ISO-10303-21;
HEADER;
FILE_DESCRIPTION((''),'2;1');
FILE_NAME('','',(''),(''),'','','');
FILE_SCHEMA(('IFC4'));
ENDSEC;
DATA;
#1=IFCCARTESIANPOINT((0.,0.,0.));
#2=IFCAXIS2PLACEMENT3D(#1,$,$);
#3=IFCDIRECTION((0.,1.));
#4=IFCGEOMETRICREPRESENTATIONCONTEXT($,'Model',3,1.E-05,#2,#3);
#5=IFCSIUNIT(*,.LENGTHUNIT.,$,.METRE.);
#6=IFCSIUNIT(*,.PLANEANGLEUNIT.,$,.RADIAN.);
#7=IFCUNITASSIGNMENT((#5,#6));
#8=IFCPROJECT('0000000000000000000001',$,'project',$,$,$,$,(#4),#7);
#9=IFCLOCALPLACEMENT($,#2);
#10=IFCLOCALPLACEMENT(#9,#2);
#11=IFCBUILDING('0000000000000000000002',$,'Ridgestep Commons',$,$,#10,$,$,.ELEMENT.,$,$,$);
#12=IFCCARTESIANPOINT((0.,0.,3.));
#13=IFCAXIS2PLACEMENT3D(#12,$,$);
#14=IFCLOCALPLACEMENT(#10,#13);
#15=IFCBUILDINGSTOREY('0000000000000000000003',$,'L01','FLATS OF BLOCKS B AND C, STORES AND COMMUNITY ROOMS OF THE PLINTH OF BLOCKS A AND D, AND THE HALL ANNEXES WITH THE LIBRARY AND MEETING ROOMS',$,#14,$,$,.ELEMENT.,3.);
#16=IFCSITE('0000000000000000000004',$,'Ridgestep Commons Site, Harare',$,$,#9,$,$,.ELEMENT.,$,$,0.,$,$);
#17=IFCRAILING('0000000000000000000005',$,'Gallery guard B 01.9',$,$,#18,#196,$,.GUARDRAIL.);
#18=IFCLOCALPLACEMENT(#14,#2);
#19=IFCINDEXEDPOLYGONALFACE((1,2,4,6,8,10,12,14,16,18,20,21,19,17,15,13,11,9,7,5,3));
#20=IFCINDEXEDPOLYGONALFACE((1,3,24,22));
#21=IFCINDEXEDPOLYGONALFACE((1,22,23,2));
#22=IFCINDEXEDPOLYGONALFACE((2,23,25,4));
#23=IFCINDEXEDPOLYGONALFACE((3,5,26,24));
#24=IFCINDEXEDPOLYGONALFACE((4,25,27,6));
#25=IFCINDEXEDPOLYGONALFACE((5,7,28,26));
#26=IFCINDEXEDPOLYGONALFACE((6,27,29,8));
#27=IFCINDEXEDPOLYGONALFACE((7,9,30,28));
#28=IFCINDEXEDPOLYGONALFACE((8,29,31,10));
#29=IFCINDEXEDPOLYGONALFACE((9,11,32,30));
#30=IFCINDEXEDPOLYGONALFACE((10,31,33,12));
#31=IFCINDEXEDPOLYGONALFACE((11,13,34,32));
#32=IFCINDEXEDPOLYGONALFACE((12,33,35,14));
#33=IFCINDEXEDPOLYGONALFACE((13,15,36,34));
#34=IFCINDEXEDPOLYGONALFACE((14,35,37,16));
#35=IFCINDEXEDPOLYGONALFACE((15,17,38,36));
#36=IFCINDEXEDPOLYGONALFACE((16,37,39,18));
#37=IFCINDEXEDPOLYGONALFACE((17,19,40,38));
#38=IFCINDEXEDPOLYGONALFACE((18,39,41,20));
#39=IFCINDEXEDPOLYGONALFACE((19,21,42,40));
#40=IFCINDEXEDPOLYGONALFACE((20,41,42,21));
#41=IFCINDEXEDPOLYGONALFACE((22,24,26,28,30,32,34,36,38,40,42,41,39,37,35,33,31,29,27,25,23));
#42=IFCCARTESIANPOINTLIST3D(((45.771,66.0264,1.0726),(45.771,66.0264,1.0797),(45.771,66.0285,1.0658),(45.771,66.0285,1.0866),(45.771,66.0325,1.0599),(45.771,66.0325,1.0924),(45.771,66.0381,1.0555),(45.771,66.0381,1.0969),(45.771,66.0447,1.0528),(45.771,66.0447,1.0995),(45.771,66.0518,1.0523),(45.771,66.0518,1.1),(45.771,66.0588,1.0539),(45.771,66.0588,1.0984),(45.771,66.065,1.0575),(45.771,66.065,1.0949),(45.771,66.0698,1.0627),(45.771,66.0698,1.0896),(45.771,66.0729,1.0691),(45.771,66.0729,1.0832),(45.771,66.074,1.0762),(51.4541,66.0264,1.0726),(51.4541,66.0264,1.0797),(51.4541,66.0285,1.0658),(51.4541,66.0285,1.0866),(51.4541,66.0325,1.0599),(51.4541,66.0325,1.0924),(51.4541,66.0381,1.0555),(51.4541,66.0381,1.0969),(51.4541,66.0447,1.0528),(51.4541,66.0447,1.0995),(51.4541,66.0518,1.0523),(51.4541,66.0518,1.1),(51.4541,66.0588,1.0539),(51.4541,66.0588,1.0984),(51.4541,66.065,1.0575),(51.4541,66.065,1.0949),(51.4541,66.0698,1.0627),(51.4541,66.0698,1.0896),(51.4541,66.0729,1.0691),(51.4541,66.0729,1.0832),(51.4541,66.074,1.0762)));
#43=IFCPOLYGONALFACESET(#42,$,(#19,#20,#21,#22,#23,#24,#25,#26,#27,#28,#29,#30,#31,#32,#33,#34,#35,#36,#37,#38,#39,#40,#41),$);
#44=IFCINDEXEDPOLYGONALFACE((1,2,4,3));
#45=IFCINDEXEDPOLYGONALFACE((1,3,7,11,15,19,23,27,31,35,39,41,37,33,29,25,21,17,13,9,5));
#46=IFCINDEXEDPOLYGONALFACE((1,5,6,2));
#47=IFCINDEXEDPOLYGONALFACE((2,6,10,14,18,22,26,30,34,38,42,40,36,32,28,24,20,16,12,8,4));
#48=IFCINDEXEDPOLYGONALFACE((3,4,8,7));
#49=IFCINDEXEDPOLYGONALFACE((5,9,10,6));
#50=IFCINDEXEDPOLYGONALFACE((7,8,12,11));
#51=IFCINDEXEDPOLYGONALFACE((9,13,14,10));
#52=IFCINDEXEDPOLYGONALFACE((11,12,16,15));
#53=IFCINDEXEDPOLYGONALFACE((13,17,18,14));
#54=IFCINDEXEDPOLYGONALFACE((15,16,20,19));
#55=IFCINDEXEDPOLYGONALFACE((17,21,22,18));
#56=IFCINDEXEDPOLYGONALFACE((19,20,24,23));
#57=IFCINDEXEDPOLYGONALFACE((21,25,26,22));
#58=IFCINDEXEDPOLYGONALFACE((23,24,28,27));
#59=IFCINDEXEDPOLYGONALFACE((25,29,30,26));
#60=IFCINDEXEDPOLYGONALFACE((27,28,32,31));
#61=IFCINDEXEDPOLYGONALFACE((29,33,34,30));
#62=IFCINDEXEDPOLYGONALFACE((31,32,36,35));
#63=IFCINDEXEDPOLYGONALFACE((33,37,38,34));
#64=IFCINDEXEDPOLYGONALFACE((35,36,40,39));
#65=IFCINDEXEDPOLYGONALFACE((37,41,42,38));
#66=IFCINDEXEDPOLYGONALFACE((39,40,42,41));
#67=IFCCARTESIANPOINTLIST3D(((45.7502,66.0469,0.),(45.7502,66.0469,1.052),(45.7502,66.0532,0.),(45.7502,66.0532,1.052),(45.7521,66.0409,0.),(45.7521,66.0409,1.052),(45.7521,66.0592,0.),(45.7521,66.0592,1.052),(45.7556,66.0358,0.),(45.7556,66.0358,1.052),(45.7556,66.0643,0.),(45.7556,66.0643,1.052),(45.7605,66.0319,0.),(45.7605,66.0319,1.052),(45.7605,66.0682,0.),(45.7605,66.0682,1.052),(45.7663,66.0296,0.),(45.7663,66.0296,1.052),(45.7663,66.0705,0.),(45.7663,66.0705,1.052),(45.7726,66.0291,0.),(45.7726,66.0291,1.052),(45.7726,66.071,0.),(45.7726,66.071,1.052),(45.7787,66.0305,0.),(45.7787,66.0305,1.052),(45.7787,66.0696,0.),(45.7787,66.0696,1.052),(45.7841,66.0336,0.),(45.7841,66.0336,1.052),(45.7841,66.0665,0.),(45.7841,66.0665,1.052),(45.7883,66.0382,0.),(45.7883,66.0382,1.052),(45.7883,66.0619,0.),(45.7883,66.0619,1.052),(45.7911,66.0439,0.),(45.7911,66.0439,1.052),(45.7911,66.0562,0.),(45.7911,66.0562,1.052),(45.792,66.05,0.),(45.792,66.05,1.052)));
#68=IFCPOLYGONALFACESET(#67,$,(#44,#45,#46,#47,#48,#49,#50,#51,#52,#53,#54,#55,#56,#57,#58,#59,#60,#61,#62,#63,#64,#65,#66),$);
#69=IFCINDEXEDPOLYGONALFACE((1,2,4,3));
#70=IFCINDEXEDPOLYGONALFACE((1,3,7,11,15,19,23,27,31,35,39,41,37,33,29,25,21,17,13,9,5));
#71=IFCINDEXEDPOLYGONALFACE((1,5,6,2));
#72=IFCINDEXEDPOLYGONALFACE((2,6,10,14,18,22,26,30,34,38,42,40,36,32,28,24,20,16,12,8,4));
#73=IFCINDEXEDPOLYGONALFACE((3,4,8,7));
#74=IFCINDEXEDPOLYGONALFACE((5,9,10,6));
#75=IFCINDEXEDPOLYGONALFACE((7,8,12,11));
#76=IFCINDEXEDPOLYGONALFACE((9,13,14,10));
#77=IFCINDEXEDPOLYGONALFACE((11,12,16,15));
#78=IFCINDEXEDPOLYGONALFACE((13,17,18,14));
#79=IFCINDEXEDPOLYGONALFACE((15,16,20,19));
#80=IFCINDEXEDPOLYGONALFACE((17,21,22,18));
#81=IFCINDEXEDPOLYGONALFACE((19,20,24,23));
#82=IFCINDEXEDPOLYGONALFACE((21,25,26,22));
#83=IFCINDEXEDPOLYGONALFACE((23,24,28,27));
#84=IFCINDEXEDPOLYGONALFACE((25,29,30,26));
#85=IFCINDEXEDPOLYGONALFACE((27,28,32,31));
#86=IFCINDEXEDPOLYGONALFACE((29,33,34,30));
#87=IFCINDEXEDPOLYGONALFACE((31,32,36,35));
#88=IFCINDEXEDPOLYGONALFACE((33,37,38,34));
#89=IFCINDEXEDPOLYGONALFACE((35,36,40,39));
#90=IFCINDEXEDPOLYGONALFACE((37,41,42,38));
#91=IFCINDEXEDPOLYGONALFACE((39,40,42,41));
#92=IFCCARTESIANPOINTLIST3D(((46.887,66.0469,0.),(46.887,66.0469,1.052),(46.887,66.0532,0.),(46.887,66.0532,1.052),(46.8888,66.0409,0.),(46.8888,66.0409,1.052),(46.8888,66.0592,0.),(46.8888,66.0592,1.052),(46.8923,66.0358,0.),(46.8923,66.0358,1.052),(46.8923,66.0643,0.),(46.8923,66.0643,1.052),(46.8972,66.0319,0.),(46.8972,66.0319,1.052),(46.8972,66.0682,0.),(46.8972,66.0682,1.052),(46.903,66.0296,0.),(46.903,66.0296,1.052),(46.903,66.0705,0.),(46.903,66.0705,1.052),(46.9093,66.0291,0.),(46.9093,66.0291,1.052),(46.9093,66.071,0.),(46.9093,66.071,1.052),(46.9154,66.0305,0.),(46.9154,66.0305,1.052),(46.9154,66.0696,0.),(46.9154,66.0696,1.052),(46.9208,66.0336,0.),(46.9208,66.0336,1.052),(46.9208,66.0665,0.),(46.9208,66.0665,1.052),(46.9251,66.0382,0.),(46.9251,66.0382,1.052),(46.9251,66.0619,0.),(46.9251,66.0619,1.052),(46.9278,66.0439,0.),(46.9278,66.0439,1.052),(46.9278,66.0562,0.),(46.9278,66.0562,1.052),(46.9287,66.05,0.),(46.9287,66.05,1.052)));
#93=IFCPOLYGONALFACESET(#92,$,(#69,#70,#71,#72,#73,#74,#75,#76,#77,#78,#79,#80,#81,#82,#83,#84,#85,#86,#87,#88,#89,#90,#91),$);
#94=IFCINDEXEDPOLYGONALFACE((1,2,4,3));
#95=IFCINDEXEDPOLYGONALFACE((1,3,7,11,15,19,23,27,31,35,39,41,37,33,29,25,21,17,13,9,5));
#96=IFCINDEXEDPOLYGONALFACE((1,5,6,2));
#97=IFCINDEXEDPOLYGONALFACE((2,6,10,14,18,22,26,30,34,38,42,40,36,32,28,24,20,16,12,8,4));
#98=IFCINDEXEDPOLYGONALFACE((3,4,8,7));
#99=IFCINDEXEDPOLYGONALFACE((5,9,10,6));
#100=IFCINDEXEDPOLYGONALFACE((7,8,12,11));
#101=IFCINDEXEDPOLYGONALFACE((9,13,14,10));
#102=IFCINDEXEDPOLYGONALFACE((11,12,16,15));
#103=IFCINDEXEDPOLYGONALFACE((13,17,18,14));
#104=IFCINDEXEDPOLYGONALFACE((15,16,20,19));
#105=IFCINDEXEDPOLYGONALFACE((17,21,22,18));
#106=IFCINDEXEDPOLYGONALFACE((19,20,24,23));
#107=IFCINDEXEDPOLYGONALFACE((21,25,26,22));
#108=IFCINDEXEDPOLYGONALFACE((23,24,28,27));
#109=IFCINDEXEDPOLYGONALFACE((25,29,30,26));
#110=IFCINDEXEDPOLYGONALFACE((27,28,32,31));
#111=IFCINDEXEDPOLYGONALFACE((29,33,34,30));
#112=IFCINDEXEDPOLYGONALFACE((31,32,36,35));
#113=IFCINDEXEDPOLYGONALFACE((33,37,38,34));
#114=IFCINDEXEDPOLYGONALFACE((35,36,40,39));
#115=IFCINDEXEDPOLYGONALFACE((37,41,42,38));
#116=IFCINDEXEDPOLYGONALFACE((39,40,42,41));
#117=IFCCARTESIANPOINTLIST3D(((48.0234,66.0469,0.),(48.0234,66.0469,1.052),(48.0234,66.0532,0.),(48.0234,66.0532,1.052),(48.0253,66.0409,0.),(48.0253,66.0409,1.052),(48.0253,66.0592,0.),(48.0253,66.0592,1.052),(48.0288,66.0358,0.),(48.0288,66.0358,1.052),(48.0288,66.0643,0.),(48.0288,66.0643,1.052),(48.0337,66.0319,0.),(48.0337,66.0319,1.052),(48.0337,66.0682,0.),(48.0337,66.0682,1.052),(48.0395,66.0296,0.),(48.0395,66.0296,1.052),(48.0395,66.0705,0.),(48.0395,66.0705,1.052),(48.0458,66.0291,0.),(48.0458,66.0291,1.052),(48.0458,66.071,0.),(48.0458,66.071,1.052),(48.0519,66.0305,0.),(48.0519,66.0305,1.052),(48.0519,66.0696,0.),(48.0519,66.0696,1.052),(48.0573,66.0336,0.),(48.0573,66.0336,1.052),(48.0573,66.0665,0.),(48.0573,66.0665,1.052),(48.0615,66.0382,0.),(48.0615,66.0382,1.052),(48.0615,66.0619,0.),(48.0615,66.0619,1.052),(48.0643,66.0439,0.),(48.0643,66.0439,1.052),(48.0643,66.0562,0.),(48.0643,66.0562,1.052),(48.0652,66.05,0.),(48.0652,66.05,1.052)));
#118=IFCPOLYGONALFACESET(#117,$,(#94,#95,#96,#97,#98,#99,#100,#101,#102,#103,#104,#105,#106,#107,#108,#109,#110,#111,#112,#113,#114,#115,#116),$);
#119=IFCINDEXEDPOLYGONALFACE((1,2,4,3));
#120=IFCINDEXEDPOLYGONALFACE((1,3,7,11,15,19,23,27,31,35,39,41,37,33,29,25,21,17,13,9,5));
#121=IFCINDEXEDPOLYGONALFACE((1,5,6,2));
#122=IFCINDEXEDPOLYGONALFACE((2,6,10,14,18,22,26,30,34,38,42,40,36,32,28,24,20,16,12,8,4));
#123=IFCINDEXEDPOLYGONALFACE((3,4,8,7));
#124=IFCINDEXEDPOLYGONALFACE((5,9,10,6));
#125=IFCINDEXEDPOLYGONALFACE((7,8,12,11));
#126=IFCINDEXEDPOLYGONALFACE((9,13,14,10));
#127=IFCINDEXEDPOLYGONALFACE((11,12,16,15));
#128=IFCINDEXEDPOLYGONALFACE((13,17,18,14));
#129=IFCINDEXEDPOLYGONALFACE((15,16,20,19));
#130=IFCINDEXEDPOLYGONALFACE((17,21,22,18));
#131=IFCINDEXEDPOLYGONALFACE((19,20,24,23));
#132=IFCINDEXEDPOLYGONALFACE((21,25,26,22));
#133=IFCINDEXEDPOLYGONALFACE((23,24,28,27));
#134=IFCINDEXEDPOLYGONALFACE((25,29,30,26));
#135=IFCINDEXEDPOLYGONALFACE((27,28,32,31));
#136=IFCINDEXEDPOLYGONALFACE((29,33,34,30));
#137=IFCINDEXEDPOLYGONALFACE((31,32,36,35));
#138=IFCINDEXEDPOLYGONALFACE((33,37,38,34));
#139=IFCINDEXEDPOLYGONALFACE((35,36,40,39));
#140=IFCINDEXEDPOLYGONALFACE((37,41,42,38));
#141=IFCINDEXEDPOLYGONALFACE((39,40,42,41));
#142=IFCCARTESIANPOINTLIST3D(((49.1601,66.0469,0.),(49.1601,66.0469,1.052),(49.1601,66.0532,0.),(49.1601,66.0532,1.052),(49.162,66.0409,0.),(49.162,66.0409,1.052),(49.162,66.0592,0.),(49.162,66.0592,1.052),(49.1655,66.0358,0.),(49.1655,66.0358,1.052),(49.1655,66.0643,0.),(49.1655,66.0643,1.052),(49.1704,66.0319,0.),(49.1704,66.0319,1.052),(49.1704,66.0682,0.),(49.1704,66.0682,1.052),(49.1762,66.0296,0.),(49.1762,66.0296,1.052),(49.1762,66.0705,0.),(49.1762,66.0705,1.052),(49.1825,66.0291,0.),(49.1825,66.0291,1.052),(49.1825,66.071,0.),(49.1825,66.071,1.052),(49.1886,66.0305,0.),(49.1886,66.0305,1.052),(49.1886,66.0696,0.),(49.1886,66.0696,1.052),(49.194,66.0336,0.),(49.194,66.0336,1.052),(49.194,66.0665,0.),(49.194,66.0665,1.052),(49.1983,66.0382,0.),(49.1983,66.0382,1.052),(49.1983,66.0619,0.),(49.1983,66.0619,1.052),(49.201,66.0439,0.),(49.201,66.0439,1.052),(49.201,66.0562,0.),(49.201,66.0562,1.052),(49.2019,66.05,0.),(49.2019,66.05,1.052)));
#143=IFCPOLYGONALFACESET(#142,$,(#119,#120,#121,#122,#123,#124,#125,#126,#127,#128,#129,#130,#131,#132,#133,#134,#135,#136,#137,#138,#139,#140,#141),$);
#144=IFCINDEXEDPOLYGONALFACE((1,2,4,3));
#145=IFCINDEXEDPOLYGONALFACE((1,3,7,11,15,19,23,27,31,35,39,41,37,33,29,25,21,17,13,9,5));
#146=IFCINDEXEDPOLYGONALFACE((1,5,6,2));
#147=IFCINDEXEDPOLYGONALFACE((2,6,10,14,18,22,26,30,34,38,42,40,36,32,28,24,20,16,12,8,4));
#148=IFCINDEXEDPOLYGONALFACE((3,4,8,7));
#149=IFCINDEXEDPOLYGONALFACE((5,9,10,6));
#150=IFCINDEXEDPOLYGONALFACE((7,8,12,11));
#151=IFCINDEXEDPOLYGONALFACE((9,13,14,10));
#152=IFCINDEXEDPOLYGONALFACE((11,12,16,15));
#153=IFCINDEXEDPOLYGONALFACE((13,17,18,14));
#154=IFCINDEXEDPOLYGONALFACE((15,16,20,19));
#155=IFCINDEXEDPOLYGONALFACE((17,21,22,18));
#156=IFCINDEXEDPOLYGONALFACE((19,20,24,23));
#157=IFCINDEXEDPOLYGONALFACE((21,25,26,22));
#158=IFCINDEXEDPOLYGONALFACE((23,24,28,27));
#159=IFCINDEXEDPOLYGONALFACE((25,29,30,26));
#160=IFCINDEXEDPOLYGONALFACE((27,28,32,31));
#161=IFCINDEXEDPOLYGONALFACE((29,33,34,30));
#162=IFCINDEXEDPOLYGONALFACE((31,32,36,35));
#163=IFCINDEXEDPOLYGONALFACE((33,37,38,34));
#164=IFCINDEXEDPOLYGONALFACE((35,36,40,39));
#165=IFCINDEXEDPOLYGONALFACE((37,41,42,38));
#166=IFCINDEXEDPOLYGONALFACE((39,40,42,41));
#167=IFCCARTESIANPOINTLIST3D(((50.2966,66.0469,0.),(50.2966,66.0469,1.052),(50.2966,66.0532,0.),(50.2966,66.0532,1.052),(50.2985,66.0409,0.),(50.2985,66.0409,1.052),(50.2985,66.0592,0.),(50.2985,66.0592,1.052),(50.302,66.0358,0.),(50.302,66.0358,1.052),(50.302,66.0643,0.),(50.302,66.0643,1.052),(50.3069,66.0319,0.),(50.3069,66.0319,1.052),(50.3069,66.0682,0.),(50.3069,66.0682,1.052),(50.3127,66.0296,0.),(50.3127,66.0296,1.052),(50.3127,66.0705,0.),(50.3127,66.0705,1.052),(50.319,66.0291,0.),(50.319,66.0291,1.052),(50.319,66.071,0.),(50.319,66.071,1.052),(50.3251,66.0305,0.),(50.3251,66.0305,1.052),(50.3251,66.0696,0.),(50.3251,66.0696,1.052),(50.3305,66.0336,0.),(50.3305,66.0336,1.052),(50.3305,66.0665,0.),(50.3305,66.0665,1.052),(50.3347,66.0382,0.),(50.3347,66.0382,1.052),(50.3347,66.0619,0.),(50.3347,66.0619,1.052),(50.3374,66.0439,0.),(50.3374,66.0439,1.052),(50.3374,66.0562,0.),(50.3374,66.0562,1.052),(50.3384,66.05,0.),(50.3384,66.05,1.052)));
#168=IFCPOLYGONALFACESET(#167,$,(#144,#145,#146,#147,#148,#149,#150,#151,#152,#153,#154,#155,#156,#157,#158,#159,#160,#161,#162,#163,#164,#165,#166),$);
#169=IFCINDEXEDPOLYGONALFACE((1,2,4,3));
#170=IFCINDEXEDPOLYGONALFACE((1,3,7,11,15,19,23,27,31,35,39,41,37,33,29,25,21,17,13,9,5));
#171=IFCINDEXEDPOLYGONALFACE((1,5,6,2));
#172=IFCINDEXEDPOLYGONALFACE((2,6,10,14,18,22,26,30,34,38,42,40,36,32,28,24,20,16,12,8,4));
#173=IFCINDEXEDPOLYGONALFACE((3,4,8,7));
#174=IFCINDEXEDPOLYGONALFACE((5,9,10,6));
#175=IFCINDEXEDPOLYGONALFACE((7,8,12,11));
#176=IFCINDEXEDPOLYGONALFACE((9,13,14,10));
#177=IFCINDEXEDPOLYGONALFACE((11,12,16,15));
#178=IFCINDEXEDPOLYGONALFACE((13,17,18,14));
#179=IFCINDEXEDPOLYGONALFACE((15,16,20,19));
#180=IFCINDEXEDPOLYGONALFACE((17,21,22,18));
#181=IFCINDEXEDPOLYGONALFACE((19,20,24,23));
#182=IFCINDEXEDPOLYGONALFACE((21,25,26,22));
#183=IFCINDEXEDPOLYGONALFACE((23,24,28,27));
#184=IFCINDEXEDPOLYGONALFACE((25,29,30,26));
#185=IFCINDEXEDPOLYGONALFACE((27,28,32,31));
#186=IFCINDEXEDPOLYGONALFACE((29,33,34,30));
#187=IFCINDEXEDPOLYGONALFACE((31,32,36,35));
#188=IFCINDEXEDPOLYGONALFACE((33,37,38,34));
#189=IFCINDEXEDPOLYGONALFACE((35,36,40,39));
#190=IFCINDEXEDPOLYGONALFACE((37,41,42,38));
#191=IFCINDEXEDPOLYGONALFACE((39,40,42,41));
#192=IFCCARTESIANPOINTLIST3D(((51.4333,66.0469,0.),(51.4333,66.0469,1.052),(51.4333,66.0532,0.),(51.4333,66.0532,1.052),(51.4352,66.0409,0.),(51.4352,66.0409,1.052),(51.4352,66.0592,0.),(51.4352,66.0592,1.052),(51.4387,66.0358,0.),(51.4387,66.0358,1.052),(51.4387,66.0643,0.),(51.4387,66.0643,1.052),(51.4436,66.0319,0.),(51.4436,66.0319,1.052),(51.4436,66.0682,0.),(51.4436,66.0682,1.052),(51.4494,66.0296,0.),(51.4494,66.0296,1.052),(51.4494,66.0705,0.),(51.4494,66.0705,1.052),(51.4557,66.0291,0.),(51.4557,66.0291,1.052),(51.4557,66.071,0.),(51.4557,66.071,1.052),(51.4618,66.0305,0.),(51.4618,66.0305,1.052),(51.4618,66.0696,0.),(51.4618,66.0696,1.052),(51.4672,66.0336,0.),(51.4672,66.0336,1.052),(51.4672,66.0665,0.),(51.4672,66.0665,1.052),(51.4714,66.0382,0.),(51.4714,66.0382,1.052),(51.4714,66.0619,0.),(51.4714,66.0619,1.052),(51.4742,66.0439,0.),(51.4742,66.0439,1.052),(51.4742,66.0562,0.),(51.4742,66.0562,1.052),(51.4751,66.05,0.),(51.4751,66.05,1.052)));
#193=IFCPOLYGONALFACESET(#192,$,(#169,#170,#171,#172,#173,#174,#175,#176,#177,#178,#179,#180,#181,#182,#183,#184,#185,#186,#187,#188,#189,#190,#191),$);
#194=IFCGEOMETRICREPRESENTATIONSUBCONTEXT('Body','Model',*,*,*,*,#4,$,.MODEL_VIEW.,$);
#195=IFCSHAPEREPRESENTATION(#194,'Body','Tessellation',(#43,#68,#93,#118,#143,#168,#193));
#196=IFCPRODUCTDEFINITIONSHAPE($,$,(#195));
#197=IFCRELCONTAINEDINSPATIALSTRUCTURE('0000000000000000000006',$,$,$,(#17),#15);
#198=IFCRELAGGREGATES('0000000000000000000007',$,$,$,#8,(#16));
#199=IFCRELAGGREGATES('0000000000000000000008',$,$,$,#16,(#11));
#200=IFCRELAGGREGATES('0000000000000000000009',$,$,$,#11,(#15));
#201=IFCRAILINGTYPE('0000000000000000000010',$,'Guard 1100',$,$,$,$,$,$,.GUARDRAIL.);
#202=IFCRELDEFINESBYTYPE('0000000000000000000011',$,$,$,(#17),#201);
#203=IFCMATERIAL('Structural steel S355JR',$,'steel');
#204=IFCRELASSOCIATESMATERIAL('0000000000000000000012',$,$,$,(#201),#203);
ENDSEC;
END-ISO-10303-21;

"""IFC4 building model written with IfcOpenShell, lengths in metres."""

from ifc_helpers import new_model, si_unit, direction, frame, origin, origin_2d, place, context, subcontext, project, spatial, circle, extrude, material, type_object, element, save


model = new_model("IFC4")

# Units and contexts
model_context = context("Model", 3, precision=1e-05, world=origin(), true_north=direction((0.0, 1.0)))
body_context = subcontext(model_context, "Body", "Model", "MODEL_VIEW")
ifc_project = project(units=[si_unit("LENGTHUNIT", "METRE"), si_unit("PLANEANGLEUNIT", "RADIAN")], contexts=[model_context])

# Site, building, storey
site_placement = place(None, origin())
site = spatial("IfcSite", under=ifc_project, at=site_placement, Name="Ridgestep Commons Site, Harare", CompositionType="ELEMENT", RefElevation=0.0)
building_placement = place(site_placement, origin())
building = spatial("IfcBuilding", under=site, at=building_placement, Name="Ridgestep Commons", CompositionType="ELEMENT")
storey_placement = place(building_placement, frame((0.0, 0.0, 3.0)))
storey = spatial("IfcBuildingStorey", under=building, at=storey_placement, Name="L01", Description="FLATS OF BLOCKS B AND C, STORES AND COMMUNITY ROOMS OF THE PLINTH OF BLOCKS A AND D, AND THE HALL ANNEXES WITH THE LIBRARY AND MEETING ROOMS", CompositionType="ELEMENT", Elevation=3.0)

# Railing
ifc_material_1 = material(Name="Structural steel S355JR", Category="steel")
railing_type = type_object("IfcRailingType", Name="Guard 1100", PredefinedType="GUARDRAIL", material=ifc_material_1)
railing_1_placement = place(storey_placement, frame((45.771, 66.05, 0.0)))
element("IfcRailing", 1, at=railing_1_placement, inside=storey, type_object=railing_type, Name="Gallery guard B 01.9", PredefinedType="GUARDRAIL", context=body_context, shape_type="SweptSolid", body=[
    extrude(circle(Radius=0.0239, at=origin_2d()), frame((0.0, 0.0, 1.0762), z_axis=(1.0, 0.0, 0.0), x_axis=(0.0, 1.0, 0.0)), (0.0, 0.0, 1.0), 5.6831),
    extrude(circle(Radius=0.021, at=origin_2d()), origin(), (0.0, 0.0, 1.0), 1.052),
    extrude(circle(Radius=0.021, at=origin_2d()), frame((1.1367, 0.0, 0.0)), (0.0, 0.0, 1.0), 1.052),
    extrude(circle(Radius=0.021, at=origin_2d()), frame((2.2732, 0.0, 0.0)), (0.0, 0.0, 1.0), 1.052),
    extrude(circle(Radius=0.021, at=origin_2d()), frame((3.4099, 0.0, 0.0)), (0.0, 0.0, 1.0), 1.052),
    extrude(circle(Radius=0.021, at=origin_2d()), frame((4.5464, 0.0, 0.0)), (0.0, 0.0, 1.0), 1.052),
    extrude(circle(Radius=0.021, at=origin_2d()), frame((5.6831, 0.0, 0.0)), (0.0, 0.0, 1.0), 1.052),
])

save(model, "model.ifc")
